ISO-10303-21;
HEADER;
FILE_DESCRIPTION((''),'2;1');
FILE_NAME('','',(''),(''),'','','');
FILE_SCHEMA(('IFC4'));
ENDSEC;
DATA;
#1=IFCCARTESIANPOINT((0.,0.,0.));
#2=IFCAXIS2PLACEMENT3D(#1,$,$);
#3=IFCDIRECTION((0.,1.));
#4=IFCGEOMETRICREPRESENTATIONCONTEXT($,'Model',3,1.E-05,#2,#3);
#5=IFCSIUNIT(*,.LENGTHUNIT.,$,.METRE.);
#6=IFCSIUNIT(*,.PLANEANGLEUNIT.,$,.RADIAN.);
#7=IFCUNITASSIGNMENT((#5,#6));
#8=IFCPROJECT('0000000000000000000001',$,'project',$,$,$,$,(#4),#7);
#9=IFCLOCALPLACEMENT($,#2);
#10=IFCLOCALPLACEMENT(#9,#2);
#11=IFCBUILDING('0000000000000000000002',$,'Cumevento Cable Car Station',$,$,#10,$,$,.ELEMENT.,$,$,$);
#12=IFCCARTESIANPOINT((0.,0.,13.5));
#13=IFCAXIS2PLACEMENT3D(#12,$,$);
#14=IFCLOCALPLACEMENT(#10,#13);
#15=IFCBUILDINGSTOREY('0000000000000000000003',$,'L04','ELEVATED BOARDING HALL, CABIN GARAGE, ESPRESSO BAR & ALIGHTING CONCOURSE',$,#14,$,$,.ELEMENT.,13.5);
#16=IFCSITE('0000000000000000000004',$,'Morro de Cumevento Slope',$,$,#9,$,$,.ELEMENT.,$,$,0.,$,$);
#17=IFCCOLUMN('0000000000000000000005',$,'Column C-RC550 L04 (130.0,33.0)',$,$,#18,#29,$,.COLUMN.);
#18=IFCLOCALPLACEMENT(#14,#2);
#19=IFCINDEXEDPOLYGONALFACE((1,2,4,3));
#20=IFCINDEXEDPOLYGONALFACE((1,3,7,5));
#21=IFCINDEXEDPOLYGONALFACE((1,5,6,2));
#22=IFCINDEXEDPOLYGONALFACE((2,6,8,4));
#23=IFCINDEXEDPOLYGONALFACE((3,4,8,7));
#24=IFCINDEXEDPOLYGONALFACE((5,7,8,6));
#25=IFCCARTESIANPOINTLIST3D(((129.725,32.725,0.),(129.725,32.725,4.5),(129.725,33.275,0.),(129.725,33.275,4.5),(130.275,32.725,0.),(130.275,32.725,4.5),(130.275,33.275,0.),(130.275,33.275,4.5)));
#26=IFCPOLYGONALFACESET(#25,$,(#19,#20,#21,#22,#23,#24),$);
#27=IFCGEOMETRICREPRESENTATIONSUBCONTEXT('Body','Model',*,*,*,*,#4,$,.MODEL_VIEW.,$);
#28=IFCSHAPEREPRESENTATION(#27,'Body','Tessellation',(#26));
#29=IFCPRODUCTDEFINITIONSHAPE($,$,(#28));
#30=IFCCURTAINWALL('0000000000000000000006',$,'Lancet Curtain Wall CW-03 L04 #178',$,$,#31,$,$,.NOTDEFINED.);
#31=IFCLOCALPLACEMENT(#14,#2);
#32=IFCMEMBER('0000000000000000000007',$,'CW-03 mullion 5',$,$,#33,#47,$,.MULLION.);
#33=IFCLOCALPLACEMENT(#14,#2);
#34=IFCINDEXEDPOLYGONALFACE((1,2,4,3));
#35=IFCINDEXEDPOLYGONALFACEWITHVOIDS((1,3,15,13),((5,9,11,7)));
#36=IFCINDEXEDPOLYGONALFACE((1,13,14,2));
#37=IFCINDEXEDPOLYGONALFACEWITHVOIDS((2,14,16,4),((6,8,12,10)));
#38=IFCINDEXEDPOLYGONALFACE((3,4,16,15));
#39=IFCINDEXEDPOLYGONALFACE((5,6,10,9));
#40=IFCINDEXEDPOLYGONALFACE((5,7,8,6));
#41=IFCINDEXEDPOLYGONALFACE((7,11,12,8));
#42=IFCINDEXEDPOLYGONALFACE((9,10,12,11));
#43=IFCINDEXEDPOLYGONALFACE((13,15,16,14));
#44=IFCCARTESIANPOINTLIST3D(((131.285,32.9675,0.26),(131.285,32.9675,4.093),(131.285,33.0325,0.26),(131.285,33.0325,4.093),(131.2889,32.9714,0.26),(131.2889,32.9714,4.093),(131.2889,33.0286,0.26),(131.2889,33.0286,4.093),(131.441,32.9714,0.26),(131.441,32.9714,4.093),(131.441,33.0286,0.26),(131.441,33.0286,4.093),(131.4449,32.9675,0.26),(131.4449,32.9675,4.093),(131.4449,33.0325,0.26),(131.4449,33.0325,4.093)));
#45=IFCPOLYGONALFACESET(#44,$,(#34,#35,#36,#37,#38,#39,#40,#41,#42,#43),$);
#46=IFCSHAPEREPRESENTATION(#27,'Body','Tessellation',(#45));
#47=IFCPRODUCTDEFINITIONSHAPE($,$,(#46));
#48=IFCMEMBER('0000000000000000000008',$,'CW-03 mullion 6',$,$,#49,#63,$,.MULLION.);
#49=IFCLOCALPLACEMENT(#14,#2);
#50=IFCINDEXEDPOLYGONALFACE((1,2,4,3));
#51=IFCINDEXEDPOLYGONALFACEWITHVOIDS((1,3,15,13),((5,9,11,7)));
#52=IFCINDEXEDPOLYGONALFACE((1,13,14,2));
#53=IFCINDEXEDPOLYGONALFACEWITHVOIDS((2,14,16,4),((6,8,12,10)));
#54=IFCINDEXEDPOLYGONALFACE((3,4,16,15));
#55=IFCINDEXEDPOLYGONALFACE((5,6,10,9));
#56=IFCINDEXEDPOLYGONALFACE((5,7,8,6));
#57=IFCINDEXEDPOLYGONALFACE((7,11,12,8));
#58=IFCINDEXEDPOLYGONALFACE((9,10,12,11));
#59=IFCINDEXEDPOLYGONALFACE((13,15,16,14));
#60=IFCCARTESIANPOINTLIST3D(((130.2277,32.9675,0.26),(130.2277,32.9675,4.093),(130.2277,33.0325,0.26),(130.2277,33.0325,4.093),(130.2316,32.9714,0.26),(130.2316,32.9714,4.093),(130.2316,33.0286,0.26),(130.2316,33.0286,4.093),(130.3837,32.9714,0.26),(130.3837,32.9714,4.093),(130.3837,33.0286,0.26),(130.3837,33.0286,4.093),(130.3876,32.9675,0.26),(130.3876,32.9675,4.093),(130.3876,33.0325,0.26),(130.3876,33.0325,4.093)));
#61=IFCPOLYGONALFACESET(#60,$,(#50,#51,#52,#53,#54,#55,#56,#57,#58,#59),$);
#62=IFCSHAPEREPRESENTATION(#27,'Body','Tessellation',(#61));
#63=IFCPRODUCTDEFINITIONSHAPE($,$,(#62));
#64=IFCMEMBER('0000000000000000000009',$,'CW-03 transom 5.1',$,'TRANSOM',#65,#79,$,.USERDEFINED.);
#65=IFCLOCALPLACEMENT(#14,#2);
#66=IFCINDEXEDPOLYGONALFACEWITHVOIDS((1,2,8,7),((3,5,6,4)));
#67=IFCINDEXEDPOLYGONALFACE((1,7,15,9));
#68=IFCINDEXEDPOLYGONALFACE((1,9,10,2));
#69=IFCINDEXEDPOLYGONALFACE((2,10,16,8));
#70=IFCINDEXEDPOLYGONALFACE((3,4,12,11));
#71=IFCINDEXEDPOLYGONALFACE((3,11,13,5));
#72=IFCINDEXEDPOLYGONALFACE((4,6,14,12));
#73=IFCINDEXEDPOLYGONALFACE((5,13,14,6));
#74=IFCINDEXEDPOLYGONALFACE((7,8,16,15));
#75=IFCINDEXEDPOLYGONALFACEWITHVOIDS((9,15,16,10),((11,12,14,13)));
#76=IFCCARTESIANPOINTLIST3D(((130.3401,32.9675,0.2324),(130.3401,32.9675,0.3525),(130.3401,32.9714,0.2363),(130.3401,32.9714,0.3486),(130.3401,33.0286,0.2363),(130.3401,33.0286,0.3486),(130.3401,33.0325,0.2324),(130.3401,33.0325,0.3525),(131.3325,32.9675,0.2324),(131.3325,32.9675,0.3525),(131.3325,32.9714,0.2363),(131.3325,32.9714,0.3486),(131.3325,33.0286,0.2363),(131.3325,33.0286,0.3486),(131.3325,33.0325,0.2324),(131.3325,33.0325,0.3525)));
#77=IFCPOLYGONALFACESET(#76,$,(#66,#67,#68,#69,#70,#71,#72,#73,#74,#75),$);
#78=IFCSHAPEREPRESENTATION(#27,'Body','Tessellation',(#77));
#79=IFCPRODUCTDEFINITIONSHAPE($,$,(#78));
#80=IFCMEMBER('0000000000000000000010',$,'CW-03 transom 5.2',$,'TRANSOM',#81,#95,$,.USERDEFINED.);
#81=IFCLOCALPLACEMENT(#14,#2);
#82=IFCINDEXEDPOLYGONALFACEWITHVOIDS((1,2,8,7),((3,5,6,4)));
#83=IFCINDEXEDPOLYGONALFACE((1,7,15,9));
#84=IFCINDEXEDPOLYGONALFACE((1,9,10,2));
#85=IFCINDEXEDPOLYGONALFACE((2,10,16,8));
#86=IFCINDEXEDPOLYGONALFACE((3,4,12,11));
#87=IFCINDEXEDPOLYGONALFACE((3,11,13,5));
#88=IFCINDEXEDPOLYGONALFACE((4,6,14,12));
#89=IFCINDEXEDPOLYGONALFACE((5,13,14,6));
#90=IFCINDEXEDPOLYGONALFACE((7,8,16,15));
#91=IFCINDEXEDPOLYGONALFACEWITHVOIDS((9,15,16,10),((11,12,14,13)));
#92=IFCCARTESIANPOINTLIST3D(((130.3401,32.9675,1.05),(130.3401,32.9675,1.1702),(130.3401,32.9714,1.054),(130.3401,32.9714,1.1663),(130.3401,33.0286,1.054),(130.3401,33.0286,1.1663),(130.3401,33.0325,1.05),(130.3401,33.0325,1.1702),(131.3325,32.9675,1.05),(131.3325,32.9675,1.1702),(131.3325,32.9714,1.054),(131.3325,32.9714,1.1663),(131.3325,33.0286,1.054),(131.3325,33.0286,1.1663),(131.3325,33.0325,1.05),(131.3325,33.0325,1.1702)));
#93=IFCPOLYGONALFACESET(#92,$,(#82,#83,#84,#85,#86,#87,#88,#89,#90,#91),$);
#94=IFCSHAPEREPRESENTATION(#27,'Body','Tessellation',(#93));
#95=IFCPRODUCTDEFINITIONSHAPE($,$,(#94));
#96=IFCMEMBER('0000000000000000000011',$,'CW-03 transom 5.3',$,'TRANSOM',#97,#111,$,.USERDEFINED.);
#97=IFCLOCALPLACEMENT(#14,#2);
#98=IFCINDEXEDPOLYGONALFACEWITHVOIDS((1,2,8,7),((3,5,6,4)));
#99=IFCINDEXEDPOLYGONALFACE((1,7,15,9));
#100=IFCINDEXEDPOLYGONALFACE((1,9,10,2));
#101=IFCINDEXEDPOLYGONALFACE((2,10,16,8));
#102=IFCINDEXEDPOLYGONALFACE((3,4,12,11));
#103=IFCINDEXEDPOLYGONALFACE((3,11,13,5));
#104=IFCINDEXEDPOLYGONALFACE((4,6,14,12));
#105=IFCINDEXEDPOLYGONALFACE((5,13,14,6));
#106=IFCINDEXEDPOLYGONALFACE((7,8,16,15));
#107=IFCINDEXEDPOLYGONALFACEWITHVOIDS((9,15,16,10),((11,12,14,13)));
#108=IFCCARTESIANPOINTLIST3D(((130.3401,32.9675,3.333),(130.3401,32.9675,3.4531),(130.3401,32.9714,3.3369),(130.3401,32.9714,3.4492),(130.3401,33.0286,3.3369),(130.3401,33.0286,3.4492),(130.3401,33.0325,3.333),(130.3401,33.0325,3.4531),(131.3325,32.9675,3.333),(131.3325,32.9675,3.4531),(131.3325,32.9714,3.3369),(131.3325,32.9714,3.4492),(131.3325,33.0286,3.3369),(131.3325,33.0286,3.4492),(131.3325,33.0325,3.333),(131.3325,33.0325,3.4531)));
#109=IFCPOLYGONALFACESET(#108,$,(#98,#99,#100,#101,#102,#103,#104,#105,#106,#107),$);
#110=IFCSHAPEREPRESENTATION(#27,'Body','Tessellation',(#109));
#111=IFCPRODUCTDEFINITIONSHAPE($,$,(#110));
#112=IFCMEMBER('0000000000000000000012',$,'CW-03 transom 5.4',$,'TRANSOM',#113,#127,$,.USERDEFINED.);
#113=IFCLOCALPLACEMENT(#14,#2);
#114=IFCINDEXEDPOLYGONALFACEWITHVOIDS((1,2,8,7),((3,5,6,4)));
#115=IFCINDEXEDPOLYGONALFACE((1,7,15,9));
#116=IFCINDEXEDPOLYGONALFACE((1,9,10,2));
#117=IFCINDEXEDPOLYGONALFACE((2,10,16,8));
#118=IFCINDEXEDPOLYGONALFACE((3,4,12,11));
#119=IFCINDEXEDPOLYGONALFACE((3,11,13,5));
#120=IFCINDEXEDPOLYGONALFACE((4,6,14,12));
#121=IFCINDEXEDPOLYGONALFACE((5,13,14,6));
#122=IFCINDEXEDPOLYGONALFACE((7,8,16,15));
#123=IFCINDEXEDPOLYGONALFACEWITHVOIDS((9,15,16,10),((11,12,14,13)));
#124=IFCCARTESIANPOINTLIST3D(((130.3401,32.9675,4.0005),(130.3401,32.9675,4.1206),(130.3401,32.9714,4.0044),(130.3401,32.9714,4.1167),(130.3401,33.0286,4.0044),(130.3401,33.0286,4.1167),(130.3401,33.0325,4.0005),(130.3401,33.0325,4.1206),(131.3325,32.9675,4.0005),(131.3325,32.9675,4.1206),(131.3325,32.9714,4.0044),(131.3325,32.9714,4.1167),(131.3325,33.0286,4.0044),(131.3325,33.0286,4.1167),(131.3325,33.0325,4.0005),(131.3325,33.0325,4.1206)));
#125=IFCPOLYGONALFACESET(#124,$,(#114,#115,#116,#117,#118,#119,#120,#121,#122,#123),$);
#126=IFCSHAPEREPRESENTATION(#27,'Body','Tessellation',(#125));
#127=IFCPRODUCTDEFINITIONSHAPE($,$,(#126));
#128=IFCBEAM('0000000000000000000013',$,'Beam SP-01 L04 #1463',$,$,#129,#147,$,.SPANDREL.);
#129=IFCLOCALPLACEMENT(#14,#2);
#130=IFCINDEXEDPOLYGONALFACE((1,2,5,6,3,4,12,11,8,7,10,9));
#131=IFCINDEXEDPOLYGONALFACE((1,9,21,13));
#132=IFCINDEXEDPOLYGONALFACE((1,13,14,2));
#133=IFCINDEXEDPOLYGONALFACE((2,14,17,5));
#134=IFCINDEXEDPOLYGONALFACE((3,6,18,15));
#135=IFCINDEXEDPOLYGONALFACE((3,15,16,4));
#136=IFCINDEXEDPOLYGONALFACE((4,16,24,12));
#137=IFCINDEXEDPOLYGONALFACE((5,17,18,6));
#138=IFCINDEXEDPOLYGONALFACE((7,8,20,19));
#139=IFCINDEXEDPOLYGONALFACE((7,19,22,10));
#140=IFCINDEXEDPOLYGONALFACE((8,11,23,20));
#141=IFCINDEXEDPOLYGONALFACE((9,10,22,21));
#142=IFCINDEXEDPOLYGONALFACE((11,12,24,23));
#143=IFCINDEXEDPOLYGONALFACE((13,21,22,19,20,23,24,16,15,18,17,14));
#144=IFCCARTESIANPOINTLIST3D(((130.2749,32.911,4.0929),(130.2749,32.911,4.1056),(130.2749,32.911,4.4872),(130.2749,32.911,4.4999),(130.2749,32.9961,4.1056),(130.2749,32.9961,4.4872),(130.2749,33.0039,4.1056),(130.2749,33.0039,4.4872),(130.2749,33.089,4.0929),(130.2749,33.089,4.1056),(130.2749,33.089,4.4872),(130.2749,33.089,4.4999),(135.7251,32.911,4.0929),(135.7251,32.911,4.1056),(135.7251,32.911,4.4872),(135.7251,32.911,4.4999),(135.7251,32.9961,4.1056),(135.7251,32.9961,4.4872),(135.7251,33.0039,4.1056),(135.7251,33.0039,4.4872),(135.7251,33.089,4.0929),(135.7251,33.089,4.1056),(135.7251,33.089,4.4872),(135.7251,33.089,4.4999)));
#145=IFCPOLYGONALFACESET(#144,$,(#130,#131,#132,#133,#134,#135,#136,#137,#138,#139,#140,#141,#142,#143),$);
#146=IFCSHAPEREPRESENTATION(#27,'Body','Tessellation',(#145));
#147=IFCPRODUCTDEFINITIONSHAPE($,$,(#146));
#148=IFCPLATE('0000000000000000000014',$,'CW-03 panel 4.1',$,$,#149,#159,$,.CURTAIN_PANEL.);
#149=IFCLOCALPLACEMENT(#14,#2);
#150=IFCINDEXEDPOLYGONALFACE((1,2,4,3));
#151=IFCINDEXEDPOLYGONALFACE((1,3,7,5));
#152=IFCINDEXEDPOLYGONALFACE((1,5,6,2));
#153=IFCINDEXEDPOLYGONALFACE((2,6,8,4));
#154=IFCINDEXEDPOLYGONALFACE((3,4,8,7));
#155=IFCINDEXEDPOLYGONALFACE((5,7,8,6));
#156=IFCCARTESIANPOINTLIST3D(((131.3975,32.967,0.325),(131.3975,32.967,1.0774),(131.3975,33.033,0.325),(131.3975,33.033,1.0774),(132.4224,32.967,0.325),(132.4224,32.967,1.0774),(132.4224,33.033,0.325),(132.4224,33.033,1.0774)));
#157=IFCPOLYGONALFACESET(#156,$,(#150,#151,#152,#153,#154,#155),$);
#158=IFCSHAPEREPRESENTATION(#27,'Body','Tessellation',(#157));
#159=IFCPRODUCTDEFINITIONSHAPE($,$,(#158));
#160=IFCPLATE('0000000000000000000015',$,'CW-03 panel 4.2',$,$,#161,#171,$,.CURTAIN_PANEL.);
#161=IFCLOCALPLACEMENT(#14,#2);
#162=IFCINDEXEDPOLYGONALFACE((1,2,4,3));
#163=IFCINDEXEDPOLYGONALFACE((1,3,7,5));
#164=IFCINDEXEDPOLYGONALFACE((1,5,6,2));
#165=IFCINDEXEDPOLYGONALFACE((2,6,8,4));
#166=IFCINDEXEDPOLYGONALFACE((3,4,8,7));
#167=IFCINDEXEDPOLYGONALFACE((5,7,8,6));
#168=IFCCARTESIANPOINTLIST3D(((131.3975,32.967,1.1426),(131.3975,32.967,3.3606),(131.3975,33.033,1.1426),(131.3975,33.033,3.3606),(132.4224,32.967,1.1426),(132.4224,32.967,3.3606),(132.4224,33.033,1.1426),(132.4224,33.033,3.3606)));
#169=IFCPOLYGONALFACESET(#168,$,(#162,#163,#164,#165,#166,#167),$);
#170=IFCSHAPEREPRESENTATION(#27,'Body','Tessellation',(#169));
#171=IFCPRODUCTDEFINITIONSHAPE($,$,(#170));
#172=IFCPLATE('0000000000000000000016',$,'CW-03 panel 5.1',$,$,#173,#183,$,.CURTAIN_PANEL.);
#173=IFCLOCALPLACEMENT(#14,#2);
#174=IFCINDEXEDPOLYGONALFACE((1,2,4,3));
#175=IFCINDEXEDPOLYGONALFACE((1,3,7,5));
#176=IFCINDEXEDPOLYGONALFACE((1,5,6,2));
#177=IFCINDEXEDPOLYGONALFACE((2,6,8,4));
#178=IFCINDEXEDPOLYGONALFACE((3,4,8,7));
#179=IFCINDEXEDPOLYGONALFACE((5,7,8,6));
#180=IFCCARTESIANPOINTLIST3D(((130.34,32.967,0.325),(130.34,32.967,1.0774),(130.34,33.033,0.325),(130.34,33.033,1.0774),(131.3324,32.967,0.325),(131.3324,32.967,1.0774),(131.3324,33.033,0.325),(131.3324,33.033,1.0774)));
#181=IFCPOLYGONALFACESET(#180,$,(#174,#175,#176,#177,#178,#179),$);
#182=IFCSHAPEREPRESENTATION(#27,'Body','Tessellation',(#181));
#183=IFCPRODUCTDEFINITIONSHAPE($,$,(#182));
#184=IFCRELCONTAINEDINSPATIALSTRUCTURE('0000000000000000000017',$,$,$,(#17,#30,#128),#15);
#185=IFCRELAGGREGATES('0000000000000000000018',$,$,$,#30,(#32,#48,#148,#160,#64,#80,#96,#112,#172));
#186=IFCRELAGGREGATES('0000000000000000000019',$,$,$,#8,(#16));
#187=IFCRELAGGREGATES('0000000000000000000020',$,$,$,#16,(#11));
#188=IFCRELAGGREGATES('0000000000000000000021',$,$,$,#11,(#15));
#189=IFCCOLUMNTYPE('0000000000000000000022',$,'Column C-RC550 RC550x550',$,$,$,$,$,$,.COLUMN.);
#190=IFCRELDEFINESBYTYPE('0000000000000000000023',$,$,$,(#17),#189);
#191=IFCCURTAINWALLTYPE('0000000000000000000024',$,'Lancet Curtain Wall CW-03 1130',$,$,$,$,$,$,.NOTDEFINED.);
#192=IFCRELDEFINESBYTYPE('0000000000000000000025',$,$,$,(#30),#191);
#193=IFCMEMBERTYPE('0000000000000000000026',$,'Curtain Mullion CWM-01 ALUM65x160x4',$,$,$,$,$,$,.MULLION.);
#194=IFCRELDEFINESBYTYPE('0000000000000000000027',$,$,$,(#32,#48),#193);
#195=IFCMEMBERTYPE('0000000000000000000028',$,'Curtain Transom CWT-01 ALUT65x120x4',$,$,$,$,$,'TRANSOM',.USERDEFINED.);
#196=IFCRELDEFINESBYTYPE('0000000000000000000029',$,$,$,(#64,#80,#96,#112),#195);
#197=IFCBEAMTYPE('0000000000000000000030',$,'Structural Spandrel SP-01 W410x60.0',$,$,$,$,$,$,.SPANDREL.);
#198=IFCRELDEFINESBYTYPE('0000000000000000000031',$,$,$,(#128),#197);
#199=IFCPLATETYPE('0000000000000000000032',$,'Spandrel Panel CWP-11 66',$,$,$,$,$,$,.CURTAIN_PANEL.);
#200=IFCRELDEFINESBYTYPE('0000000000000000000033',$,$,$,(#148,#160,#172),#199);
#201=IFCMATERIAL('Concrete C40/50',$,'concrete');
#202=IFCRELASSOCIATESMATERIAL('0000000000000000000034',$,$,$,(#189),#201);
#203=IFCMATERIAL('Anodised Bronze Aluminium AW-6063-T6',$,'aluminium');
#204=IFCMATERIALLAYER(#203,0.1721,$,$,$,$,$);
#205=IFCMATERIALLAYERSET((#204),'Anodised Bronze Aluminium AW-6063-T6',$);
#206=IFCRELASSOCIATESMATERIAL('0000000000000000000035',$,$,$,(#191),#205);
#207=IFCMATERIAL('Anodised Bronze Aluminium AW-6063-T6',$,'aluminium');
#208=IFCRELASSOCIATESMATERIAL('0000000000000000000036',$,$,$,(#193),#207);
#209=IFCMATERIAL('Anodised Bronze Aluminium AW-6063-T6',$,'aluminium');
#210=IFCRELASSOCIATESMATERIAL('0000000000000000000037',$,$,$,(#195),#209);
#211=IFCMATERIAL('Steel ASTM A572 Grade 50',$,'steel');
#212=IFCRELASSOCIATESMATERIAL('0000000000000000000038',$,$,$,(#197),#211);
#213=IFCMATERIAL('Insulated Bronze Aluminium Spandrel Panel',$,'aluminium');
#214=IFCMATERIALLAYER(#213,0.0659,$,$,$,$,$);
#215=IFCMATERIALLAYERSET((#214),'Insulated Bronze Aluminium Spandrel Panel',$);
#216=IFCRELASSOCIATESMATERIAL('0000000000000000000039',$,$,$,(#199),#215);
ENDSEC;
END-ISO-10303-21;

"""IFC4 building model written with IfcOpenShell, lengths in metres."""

from ifc_helpers import new_model, si_unit, direction, frame, origin, origin_2d, place, context, subcontext, project, spatial, rectangle, hollow_rectangle, i_section, extrude, material, layer, layer_set, material_profile, profile_set, type_object, element, aggregate, save


model = new_model("IFC4")

# Units and contexts
model_context = context("Model", 3, precision=1e-05, world=origin(), true_north=direction((0.0, 1.0)))
body_context = subcontext(model_context, "Body", "Model", "MODEL_VIEW")
ifc_project = project(units=[si_unit("LENGTHUNIT", "METRE"), si_unit("PLANEANGLEUNIT", "RADIAN")], contexts=[model_context])

# Site, building, storey
site_placement = place(None, origin())
site = spatial("IfcSite", under=ifc_project, at=site_placement, Name="Morro de Cumevento Slope", CompositionType="ELEMENT", RefElevation=0.0)
building_placement = place(site_placement, origin())
building = spatial("IfcBuilding", under=site, at=building_placement, Name="Cumevento Cable Car Station", CompositionType="ELEMENT")
storey_placement = place(building_placement, frame((0.0, 0.0, 13.5)))
storey = spatial("IfcBuildingStorey", under=building, at=storey_placement, Name="L04", Description="ELEVATED BOARDING HALL, CABIN GARAGE, ESPRESSO BAR & ALIGHTING CONCOURSE", CompositionType="ELEMENT", Elevation=13.5)

# Column
ifc_material_1 = material(Name="Concrete C40/50", Category="concrete")
ifc_material_profile_1 = material_profile(ifc_material_1, rectangle(XDim=0.55, YDim=0.55, at=origin_2d()), Name="RC550x550")
ifc_profile_set_1 = profile_set([ifc_material_profile_1], Name="Concrete C40/50")
column_type = type_object("IfcColumnType", Name="Column C-RC550 RC550x550", PredefinedType="COLUMN", material=ifc_profile_set_1)
column_placement = place(storey_placement, frame((130.0, 33.0, 0.0), z_axis=(0.0, 0.0, 1.0), x_axis=(1.0, 0.0, 0.0)))
element("IfcColumn", 1, at=column_placement, inside=storey, type_object=column_type, Name="Column C-RC550 L04 (130.0,33.0)", PredefinedType="COLUMN", context=body_context, shape_type="SweptSolid", body=[
    extrude(rectangle(XDim=0.55, YDim=0.55, at=origin_2d()), origin(), (0.0, 0.0, 1.0), 4.5),
])

# Curtain wall, members
ifc_material_2 = material(Name="Anodised Bronze Aluminium AW-6063-T6", Category="aluminium")
ifc_layer_1 = layer(ifc_material_2, 0.1721)
ifc_layer_set_1 = layer_set([ifc_layer_1], Name="Anodised Bronze Aluminium AW-6063-T6")
curtain_wall_type = type_object("IfcCurtainWallType", Name="Lancet Curtain Wall CW-03 1130", PredefinedType="NOTDEFINED", material=ifc_layer_set_1)
curtain_wall_placement = place(storey_placement, origin())
curtain_wall = element("IfcCurtainWall", 2, at=curtain_wall_placement, inside=storey, type_object=curtain_wall_type, Name="Lancet Curtain Wall CW-03 L04 #178", PredefinedType="NOTDEFINED")
ifc_material_3 = material(Name="Anodised Bronze Aluminium AW-6063-T6", Category="aluminium")
ifc_material_profile_2 = material_profile(ifc_material_3, hollow_rectangle(XDim=0.0649, YDim=0.1599, WallThickness=0.0039, at=origin_2d()), Name="ALUM65x160x4")
ifc_profile_set_2 = profile_set([ifc_material_profile_2], Name="Anodised Bronze Aluminium AW-6063-T6")
member_type_1 = type_object("IfcMemberType", Name="Curtain Mullion CWM-01 ALUM65x160x4", PredefinedType="MULLION", material=ifc_profile_set_2)
member_1_placement = place(storey_placement, frame((131.365, 33.0, 0.26), z_axis=(0.0, 0.0, 1.0), x_axis=(0.0, -1.0, 0.0)))
member_1 = element("IfcMember", 3, at=member_1_placement, type_object=member_type_1, Name="CW-03 mullion 5", PredefinedType="MULLION", context=body_context, shape_type="SweptSolid", body=[
    extrude(hollow_rectangle(XDim=0.0649, YDim=0.1599, WallThickness=0.0039, at=origin_2d()), origin(), (0.0, 0.0, 1.0), 3.833),
])
member_2_placement = place(storey_placement, frame((130.3076, 33.0, 0.26), z_axis=(0.0, 0.0, 1.0), x_axis=(0.0, -1.0, 0.0)))
member_2 = element("IfcMember", 4, at=member_2_placement, type_object=member_type_1, Name="CW-03 mullion 6", PredefinedType="MULLION", context=body_context, shape_type="SweptSolid", body=[
    extrude(hollow_rectangle(XDim=0.0649, YDim=0.1599, WallThickness=0.0039, at=origin_2d()), origin(), (0.0, 0.0, 1.0), 3.833),
])
ifc_material_4 = material(Name="Anodised Bronze Aluminium AW-6063-T6", Category="aluminium")
ifc_material_profile_3 = material_profile(ifc_material_4, hollow_rectangle(XDim=0.0649, YDim=0.1201, WallThickness=0.0039, at=origin_2d()), Name="ALUT65x120x4")
ifc_profile_set_3 = profile_set([ifc_material_profile_3], Name="Anodised Bronze Aluminium AW-6063-T6")
member_type_2 = type_object("IfcMemberType", Name="Curtain Transom CWT-01 ALUT65x120x4", ElementType="TRANSOM", PredefinedType="USERDEFINED", material=ifc_profile_set_3)
member_3_placement = place(storey_placement, frame((131.3325, 33.0, 0.2925), z_axis=(-1.0, 0.0, 0.0), x_axis=(0.0, -1.0, 0.0)))
member_3 = element("IfcMember", 5, at=member_3_placement, type_object=member_type_2, Name="CW-03 transom 5.1", ObjectType="TRANSOM", PredefinedType="USERDEFINED", context=body_context, shape_type="SweptSolid", body=[
    extrude(hollow_rectangle(XDim=0.0649, YDim=0.1201, WallThickness=0.0039, at=origin_2d()), origin(), (0.0, 0.0, 1.0), 0.9924),
])
member_4_placement = place(storey_placement, frame((131.3325, 33.0, 1.1101), z_axis=(-1.0, 0.0, 0.0), x_axis=(0.0, -1.0, 0.0)))
member_4 = element("IfcMember", 6, at=member_4_placement, type_object=member_type_2, Name="CW-03 transom 5.2", ObjectType="TRANSOM", PredefinedType="USERDEFINED", context=body_context, shape_type="SweptSolid", body=[
    extrude(hollow_rectangle(XDim=0.0649, YDim=0.1201, WallThickness=0.0039, at=origin_2d()), origin(), (0.0, 0.0, 1.0), 0.9924),
])
member_5_placement = place(storey_placement, frame((131.3325, 33.0, 3.3931), z_axis=(-1.0, 0.0, 0.0), x_axis=(0.0, -1.0, 0.0)))
member_5 = element("IfcMember", 7, at=member_5_placement, type_object=member_type_2, Name="CW-03 transom 5.3", ObjectType="TRANSOM", PredefinedType="USERDEFINED", context=body_context, shape_type="SweptSolid", body=[
    extrude(hollow_rectangle(XDim=0.0649, YDim=0.1201, WallThickness=0.0039, at=origin_2d()), origin(), (0.0, 0.0, 1.0), 0.9924),
])
member_6_placement = place(storey_placement, frame((131.3325, 33.0, 4.0605), z_axis=(-1.0, 0.0, 0.0), x_axis=(0.0, -1.0, 0.0)))
member_6 = element("IfcMember", 8, at=member_6_placement, type_object=member_type_2, Name="CW-03 transom 5.4", ObjectType="TRANSOM", PredefinedType="USERDEFINED", context=body_context, shape_type="SweptSolid", body=[
    extrude(hollow_rectangle(XDim=0.0649, YDim=0.1201, WallThickness=0.0039, at=origin_2d()), origin(), (0.0, 0.0, 1.0), 0.9924),
])

# Beam
ifc_material_5 = material(Name="Steel ASTM A572 Grade 50", Category="steel")
ifc_material_profile_4 = material_profile(ifc_material_5, i_section(OverallWidth=0.178, OverallDepth=0.407, WebThickness=0.0078, FlangeThickness=0.0127, at=origin_2d()), Name="W410x60.0")
ifc_profile_set_4 = profile_set([ifc_material_profile_4], Name="Steel ASTM A572 Grade 50")
beam_type = type_object("IfcBeamType", Name="Structural Spandrel SP-01 W410x60.0", PredefinedType="SPANDREL", material=ifc_profile_set_4)
beam_placement = place(storey_placement, frame((130.2749, 33.0, 4.2964), z_axis=(1.0, 0.0, 0.0), x_axis=(0.0, 1.0, 0.0)))
element("IfcBeam", 9, at=beam_placement, inside=storey, type_object=beam_type, Name="Beam SP-01 L04 #1463", PredefinedType="SPANDREL", context=body_context, shape_type="SweptSolid", body=[
    extrude(i_section(OverallWidth=0.178, OverallDepth=0.407, WebThickness=0.0078, FlangeThickness=0.0127, at=origin_2d()), origin(), (0.0, 0.0, 1.0), 5.4502),
])

# Plates
ifc_material_6 = material(Name="Insulated Bronze Aluminium Spandrel Panel", Category="aluminium")
ifc_layer_2 = layer(ifc_material_6, 0.0659)
ifc_layer_set_2 = layer_set([ifc_layer_2], Name="Insulated Bronze Aluminium Spandrel Panel")
plate_type = type_object("IfcPlateType", Name="Spandrel Panel CWP-11 66", PredefinedType="CURTAIN_PANEL", material=ifc_layer_set_2)
plate_1_placement = place(storey_placement, frame((131.9099, 33.0, 0.325), z_axis=(0.0, 0.0, 1.0), x_axis=(-1.0, 0.0, 0.0)))
plate_1 = element("IfcPlate", 10, at=plate_1_placement, type_object=plate_type, Name="CW-03 panel 4.1", PredefinedType="CURTAIN_PANEL", context=body_context, shape_type="SweptSolid", body=[
    extrude(rectangle(XDim=1.0249, YDim=0.0659, at=origin_2d()), origin(), (0.0, 0.0, 1.0), 0.7524),
])
plate_2_placement = place(storey_placement, frame((131.9099, 33.0, 1.1426), z_axis=(0.0, 0.0, 1.0), x_axis=(-1.0, 0.0, 0.0)))
plate_2 = element("IfcPlate", 11, at=plate_2_placement, type_object=plate_type, Name="CW-03 panel 4.2", PredefinedType="CURTAIN_PANEL", context=body_context, shape_type="SweptSolid", body=[
    extrude(rectangle(XDim=1.0249, YDim=0.0659, at=origin_2d()), origin(), (0.0, 0.0, 1.0), 2.218),
])
plate_3_placement = place(storey_placement, frame((130.8362, 33.0, 0.325), z_axis=(0.0, 0.0, 1.0), x_axis=(-1.0, 0.0, 0.0)))
plate_3 = element("IfcPlate", 12, at=plate_3_placement, type_object=plate_type, Name="CW-03 panel 5.1", PredefinedType="CURTAIN_PANEL", context=body_context, shape_type="SweptSolid", body=[
    extrude(rectangle(XDim=0.9924, YDim=0.0659, at=origin_2d()), origin(), (0.0, 0.0, 1.0), 0.7524),
])
aggregate(curtain_wall, [member_1, member_2, plate_1, plate_2, member_3, member_4, member_5, member_6, plate_3])

save(model, "model.ifc")
